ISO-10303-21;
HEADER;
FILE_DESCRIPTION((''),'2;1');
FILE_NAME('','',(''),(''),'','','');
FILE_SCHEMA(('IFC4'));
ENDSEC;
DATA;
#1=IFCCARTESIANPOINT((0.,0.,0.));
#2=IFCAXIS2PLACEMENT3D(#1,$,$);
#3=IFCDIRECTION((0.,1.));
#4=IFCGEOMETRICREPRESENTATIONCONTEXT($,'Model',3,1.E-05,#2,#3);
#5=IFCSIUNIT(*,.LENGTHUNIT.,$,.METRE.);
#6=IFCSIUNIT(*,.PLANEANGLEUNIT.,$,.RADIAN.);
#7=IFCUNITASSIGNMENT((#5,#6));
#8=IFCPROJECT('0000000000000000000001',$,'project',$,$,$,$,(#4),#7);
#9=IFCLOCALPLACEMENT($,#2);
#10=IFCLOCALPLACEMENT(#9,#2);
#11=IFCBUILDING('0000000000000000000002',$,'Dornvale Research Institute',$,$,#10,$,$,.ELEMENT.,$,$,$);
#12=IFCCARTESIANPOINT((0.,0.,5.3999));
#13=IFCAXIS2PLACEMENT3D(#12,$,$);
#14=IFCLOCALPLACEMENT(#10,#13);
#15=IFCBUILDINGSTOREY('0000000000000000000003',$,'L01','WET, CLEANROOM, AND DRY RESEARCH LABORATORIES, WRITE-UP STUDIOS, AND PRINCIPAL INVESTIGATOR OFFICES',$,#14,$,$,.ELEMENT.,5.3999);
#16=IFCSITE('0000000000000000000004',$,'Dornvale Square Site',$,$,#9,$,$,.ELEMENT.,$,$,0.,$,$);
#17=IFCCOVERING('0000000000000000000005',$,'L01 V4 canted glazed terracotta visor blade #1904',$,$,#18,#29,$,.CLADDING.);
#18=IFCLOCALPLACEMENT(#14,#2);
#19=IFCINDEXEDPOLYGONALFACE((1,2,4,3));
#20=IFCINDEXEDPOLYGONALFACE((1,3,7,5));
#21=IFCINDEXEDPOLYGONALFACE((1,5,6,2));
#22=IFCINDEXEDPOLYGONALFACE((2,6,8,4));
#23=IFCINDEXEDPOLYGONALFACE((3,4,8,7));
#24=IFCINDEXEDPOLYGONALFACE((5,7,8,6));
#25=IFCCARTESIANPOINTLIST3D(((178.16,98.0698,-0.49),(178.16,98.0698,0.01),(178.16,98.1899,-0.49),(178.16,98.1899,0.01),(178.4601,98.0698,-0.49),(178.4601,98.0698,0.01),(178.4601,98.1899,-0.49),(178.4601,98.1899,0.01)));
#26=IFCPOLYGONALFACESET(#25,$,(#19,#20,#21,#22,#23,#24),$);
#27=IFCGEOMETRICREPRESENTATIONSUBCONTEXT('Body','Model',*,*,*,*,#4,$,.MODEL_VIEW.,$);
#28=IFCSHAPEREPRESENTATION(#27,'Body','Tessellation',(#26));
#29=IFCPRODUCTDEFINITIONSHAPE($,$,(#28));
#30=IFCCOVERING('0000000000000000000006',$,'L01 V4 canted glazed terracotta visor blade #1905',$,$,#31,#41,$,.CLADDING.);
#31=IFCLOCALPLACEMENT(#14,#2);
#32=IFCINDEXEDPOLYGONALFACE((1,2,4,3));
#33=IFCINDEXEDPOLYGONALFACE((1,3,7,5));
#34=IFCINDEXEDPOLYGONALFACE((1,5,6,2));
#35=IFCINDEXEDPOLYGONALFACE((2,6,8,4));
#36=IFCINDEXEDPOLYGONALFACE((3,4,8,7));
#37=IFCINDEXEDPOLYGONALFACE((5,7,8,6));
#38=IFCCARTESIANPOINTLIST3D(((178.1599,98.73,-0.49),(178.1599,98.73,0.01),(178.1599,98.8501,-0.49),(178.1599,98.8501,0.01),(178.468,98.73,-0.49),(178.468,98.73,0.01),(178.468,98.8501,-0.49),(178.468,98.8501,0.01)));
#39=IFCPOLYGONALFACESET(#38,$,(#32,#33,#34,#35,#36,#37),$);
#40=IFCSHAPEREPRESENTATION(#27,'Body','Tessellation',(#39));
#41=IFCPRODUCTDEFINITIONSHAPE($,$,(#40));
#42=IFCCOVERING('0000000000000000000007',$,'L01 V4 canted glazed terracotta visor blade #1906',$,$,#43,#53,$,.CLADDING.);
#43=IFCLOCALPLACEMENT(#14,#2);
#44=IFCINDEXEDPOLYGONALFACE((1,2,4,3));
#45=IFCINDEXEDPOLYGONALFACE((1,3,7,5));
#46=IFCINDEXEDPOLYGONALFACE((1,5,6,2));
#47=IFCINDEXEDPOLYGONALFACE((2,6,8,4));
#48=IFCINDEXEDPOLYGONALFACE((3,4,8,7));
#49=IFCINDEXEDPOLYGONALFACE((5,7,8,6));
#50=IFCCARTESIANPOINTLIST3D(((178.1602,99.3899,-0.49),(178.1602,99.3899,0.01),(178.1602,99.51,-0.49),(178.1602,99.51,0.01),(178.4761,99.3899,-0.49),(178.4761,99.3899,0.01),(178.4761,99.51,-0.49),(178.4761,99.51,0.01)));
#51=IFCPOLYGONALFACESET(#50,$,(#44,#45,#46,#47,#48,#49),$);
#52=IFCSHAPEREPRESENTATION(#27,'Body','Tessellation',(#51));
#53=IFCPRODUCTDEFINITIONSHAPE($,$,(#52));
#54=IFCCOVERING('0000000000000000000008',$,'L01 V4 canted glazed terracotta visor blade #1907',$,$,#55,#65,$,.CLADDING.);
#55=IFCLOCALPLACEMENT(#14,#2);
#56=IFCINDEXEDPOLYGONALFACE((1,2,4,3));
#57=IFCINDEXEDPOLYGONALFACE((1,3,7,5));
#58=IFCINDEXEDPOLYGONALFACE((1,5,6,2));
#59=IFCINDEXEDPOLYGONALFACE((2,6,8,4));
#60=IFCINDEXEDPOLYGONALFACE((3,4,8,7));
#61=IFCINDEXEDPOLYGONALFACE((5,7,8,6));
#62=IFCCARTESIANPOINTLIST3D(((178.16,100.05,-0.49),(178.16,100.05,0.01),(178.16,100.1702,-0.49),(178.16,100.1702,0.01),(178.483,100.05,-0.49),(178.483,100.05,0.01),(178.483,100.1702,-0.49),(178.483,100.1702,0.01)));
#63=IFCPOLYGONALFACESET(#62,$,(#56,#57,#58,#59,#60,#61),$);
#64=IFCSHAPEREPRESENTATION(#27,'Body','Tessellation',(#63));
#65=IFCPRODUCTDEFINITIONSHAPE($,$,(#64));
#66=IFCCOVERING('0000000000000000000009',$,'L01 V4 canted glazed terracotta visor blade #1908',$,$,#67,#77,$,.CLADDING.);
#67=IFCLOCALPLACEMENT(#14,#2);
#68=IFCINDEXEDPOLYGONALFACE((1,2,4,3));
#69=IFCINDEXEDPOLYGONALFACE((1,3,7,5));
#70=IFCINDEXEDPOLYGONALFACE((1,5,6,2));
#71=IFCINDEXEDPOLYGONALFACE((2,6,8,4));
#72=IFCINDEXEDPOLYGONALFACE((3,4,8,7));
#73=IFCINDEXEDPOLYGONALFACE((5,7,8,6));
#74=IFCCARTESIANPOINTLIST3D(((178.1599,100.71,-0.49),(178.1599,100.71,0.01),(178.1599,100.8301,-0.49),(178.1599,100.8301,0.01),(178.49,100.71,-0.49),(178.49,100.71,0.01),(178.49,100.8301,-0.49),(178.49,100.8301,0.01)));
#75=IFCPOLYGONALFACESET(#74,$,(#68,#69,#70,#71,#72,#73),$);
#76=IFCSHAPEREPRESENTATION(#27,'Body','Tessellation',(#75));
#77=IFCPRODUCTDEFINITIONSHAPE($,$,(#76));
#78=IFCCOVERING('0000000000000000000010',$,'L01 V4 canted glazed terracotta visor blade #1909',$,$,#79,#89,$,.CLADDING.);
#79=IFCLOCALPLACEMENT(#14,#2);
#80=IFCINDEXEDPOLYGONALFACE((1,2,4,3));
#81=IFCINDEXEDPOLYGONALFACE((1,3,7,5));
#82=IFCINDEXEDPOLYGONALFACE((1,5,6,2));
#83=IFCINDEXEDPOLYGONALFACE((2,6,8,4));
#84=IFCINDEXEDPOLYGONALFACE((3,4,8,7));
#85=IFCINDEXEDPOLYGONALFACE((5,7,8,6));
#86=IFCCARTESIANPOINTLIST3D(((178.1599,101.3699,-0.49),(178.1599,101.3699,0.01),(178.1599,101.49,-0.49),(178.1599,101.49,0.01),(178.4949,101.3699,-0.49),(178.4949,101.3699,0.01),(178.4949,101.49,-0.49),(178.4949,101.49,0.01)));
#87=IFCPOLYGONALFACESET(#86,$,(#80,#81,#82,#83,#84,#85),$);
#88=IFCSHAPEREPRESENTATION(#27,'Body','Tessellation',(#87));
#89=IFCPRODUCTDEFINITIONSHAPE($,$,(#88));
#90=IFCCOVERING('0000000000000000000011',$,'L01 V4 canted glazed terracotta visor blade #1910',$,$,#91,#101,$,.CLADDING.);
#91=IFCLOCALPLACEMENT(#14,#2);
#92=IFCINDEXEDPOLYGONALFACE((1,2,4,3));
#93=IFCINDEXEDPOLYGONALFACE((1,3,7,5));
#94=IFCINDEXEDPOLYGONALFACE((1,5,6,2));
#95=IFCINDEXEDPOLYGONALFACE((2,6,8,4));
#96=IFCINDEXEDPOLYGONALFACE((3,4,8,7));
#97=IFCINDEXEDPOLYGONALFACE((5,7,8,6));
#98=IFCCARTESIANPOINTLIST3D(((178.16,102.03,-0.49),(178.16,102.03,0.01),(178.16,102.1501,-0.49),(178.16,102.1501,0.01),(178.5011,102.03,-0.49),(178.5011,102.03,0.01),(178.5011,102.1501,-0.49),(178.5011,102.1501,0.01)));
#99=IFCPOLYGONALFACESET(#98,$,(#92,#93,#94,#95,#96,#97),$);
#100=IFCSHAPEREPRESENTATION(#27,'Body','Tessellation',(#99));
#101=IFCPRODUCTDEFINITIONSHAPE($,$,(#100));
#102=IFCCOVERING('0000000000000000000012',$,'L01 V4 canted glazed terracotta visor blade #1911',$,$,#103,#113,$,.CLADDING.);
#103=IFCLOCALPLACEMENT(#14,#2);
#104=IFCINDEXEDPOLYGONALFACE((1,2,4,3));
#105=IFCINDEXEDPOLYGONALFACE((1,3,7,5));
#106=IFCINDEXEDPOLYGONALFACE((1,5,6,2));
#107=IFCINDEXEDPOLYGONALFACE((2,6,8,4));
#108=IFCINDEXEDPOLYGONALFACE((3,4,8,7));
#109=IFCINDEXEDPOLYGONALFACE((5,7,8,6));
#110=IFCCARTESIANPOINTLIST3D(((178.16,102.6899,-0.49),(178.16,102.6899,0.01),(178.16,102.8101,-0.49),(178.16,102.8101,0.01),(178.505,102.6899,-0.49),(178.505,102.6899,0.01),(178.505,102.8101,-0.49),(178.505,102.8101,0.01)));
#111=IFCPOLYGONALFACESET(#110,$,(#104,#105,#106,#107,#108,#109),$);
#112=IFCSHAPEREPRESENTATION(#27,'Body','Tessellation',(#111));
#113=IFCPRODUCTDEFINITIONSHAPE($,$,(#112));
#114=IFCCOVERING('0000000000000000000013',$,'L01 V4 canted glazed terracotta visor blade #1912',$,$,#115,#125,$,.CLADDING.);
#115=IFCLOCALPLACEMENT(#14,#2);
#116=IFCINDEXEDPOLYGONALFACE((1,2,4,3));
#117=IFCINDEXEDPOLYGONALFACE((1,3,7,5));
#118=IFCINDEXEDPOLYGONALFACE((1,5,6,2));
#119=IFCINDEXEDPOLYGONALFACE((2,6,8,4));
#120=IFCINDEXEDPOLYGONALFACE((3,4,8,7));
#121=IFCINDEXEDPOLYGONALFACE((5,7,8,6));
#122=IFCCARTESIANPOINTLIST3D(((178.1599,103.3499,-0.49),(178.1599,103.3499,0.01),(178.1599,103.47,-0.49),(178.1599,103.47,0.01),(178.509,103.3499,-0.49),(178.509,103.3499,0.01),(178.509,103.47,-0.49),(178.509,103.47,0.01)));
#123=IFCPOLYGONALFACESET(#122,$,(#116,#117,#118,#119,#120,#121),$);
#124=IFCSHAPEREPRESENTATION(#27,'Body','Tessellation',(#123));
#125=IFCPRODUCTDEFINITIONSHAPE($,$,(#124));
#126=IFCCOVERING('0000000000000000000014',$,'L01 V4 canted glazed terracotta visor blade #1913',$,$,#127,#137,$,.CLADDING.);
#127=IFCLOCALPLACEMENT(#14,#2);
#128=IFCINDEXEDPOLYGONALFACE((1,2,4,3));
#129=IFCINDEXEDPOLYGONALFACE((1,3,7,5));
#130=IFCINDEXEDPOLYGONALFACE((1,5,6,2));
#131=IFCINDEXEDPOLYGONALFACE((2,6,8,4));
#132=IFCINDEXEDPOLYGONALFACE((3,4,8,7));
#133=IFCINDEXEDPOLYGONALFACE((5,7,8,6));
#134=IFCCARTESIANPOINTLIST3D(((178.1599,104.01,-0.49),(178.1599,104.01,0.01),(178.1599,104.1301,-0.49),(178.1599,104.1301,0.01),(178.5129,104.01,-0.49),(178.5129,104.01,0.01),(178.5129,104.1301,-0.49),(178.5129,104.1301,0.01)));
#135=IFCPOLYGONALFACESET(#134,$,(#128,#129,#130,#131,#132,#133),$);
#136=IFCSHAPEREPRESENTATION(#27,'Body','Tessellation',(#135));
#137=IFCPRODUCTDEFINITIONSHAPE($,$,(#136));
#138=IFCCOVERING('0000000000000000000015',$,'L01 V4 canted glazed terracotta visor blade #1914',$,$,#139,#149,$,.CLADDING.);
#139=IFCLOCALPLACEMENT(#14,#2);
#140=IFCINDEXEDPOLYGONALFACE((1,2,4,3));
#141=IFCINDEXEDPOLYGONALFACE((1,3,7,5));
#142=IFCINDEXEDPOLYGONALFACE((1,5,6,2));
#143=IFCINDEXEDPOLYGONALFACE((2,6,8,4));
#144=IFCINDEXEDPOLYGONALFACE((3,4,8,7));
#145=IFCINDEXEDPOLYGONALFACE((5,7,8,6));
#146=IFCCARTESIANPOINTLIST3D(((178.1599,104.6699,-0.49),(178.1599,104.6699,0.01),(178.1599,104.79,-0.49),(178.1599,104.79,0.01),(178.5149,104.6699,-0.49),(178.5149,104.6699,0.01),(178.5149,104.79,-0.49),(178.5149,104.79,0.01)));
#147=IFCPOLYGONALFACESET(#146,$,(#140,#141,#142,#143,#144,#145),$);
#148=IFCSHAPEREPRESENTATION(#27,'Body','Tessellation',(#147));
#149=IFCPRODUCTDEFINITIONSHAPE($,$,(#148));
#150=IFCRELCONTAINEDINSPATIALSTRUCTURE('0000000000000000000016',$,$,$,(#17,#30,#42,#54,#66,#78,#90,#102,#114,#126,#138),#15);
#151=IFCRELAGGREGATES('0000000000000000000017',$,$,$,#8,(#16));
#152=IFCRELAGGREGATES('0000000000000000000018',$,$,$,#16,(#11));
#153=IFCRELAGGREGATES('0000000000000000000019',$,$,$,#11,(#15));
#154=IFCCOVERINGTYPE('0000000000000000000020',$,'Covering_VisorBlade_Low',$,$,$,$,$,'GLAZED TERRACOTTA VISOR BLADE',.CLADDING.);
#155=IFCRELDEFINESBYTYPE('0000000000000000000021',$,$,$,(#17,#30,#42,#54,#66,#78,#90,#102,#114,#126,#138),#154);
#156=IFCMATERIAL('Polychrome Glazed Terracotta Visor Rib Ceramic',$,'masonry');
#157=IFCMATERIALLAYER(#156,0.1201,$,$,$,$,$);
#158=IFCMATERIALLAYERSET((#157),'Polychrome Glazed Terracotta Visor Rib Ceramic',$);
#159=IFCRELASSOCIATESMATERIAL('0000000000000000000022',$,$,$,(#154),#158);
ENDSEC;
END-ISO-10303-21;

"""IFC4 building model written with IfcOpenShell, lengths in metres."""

from ifc_helpers import new_model, si_unit, direction, frame, origin, origin_2d, place, context, subcontext, project, spatial, rectangle, extrude, material, layer, layer_set, type_object, element, save


model = new_model("IFC4")

# Units and contexts
model_context = context("Model", 3, precision=1e-05, world=origin(), true_north=direction((0.0, 1.0)))
body_context = subcontext(model_context, "Body", "Model", "MODEL_VIEW")
ifc_project = project(units=[si_unit("LENGTHUNIT", "METRE"), si_unit("PLANEANGLEUNIT", "RADIAN")], contexts=[model_context])

# Site, building, storey
site_placement = place(None, origin())
site = spatial("IfcSite", under=ifc_project, at=site_placement, Name="Dornvale Square Site", CompositionType="ELEMENT", RefElevation=0.0)
building_placement = place(site_placement, origin())
building = spatial("IfcBuilding", under=site, at=building_placement, Name="Dornvale Research Institute", CompositionType="ELEMENT")
storey_placement = place(building_placement, frame((0.0, 0.0, 5.3999)))
storey = spatial("IfcBuildingStorey", under=building, at=storey_placement, Name="L01", Description="WET, CLEANROOM, AND DRY RESEARCH LABORATORIES, WRITE-UP STUDIOS, AND PRINCIPAL INVESTIGATOR OFFICES", CompositionType="ELEMENT", Elevation=5.3999)

# Coverings
ifc_material_1 = material(Name="Polychrome Glazed Terracotta Visor Rib Ceramic", Category="masonry")
ifc_layer_1 = layer(ifc_material_1, 0.1201)
ifc_layer_set_1 = layer_set([ifc_layer_1], Name="Polychrome Glazed Terracotta Visor Rib Ceramic")
covering_type = type_object("IfcCoveringType", Name="Covering_VisorBlade_Low", ElementType="GLAZED TERRACOTTA VISOR BLADE", PredefinedType="CLADDING", material=ifc_layer_set_1)
covering_1_placement = place(storey_placement, frame((178.3101, 98.1299, -0.49), z_axis=(0.0, 0.0, 1.0), x_axis=(1.0, 0.0, 0.0)))
element("IfcCovering", 1, at=covering_1_placement, inside=storey, type_object=covering_type, Name="L01 V4 canted glazed terracotta visor blade #1904", PredefinedType="CLADDING", context=body_context, shape_type="SweptSolid", body=[
    extrude(rectangle(XDim=0.3, YDim=0.1201, at=origin_2d()), origin(), (0.0, 0.0, 1.0), 0.5),
])
covering_2_placement = place(storey_placement, frame((178.314, 98.79, -0.49), z_axis=(0.0, 0.0, 1.0), x_axis=(1.0, 0.0, 0.0)))
element("IfcCovering", 2, at=covering_2_placement, inside=storey, type_object=covering_type, Name="L01 V4 canted glazed terracotta visor blade #1905", PredefinedType="CLADDING", context=body_context, shape_type="SweptSolid", body=[
    extrude(rectangle(XDim=0.3081, YDim=0.1201, at=origin_2d()), origin(), (0.0, 0.0, 1.0), 0.5),
])
covering_3_placement = place(storey_placement, frame((178.3181, 99.45, -0.49), z_axis=(0.0, 0.0, 1.0), x_axis=(1.0, 0.0, 0.0)))
element("IfcCovering", 3, at=covering_3_placement, inside=storey, type_object=covering_type, Name="L01 V4 canted glazed terracotta visor blade #1906", PredefinedType="CLADDING", context=body_context, shape_type="SweptSolid", body=[
    extrude(rectangle(XDim=0.3159, YDim=0.1201, at=origin_2d()), origin(), (0.0, 0.0, 1.0), 0.5),
])
covering_4_placement = place(storey_placement, frame((178.3215, 100.1101, -0.49), z_axis=(0.0, 0.0, 1.0), x_axis=(1.0, 0.0, 0.0)))
element("IfcCovering", 4, at=covering_4_placement, inside=storey, type_object=covering_type, Name="L01 V4 canted glazed terracotta visor blade #1907", PredefinedType="CLADDING", context=body_context, shape_type="SweptSolid", body=[
    extrude(rectangle(XDim=0.323, YDim=0.1201, at=origin_2d()), origin(), (0.0, 0.0, 1.0), 0.5),
])
covering_5_placement = place(storey_placement, frame((178.325, 100.77, -0.49), z_axis=(0.0, 0.0, 1.0), x_axis=(1.0, 0.0, 0.0)))
element("IfcCovering", 5, at=covering_5_placement, inside=storey, type_object=covering_type, Name="L01 V4 canted glazed terracotta visor blade #1908", PredefinedType="CLADDING", context=body_context, shape_type="SweptSolid", body=[
    extrude(rectangle(XDim=0.3301, YDim=0.1201, at=origin_2d()), origin(), (0.0, 0.0, 1.0), 0.5),
])
covering_6_placement = place(storey_placement, frame((178.3274, 101.4299, -0.49), z_axis=(0.0, 0.0, 1.0), x_axis=(1.0, 0.0, 0.0)))
element("IfcCovering", 6, at=covering_6_placement, inside=storey, type_object=covering_type, Name="L01 V4 canted glazed terracotta visor blade #1909", PredefinedType="CLADDING", context=body_context, shape_type="SweptSolid", body=[
    extrude(rectangle(XDim=0.335, YDim=0.1201, at=origin_2d()), origin(), (0.0, 0.0, 1.0), 0.5),
])
covering_7_placement = place(storey_placement, frame((178.3306, 102.0901, -0.49), z_axis=(0.0, 0.0, 1.0), x_axis=(1.0, 0.0, 0.0)))
element("IfcCovering", 7, at=covering_7_placement, inside=storey, type_object=covering_type, Name="L01 V4 canted glazed terracotta visor blade #1910", PredefinedType="CLADDING", context=body_context, shape_type="SweptSolid", body=[
    extrude(rectangle(XDim=0.3411, YDim=0.1201, at=origin_2d()), origin(), (0.0, 0.0, 1.0), 0.5),
])
covering_8_placement = place(storey_placement, frame((178.3325, 102.75, -0.49), z_axis=(0.0, 0.0, 1.0), x_axis=(1.0, 0.0, 0.0)))
element("IfcCovering", 8, at=covering_8_placement, inside=storey, type_object=covering_type, Name="L01 V4 canted glazed terracotta visor blade #1911", PredefinedType="CLADDING", context=body_context, shape_type="SweptSolid", body=[
    extrude(rectangle(XDim=0.345, YDim=0.1201, at=origin_2d()), origin(), (0.0, 0.0, 1.0), 0.5),
])
covering_9_placement = place(storey_placement, frame((178.3345, 103.4099, -0.49), z_axis=(0.0, 0.0, 1.0), x_axis=(1.0, 0.0, 0.0)))
element("IfcCovering", 9, at=covering_9_placement, inside=storey, type_object=covering_type, Name="L01 V4 canted glazed terracotta visor blade #1912", PredefinedType="CLADDING", context=body_context, shape_type="SweptSolid", body=[
    extrude(rectangle(XDim=0.3491, YDim=0.1201, at=origin_2d()), origin(), (0.0, 0.0, 1.0), 0.5),
])
covering_10_placement = place(storey_placement, frame((178.3364, 104.0701, -0.49), z_axis=(0.0, 0.0, 1.0), x_axis=(1.0, 0.0, 0.0)))
element("IfcCovering", 10, at=covering_10_placement, inside=storey, type_object=covering_type, Name="L01 V4 canted glazed terracotta visor blade #1913", PredefinedType="CLADDING", context=body_context, shape_type="SweptSolid", body=[
    extrude(rectangle(XDim=0.353, YDim=0.1201, at=origin_2d()), origin(), (0.0, 0.0, 1.0), 0.5),
])
covering_11_placement = place(storey_placement, frame((178.3374, 104.73, -0.49), z_axis=(0.0, 0.0, 1.0), x_axis=(1.0, 0.0, 0.0)))
element("IfcCovering", 11, at=covering_11_placement, inside=storey, type_object=covering_type, Name="L01 V4 canted glazed terracotta visor blade #1914", PredefinedType="CLADDING", context=body_context, shape_type="SweptSolid", body=[
    extrude(rectangle(XDim=0.355, YDim=0.1201, at=origin_2d()), origin(), (0.0, 0.0, 1.0), 0.5),
])

save(model, "model.ifc")
